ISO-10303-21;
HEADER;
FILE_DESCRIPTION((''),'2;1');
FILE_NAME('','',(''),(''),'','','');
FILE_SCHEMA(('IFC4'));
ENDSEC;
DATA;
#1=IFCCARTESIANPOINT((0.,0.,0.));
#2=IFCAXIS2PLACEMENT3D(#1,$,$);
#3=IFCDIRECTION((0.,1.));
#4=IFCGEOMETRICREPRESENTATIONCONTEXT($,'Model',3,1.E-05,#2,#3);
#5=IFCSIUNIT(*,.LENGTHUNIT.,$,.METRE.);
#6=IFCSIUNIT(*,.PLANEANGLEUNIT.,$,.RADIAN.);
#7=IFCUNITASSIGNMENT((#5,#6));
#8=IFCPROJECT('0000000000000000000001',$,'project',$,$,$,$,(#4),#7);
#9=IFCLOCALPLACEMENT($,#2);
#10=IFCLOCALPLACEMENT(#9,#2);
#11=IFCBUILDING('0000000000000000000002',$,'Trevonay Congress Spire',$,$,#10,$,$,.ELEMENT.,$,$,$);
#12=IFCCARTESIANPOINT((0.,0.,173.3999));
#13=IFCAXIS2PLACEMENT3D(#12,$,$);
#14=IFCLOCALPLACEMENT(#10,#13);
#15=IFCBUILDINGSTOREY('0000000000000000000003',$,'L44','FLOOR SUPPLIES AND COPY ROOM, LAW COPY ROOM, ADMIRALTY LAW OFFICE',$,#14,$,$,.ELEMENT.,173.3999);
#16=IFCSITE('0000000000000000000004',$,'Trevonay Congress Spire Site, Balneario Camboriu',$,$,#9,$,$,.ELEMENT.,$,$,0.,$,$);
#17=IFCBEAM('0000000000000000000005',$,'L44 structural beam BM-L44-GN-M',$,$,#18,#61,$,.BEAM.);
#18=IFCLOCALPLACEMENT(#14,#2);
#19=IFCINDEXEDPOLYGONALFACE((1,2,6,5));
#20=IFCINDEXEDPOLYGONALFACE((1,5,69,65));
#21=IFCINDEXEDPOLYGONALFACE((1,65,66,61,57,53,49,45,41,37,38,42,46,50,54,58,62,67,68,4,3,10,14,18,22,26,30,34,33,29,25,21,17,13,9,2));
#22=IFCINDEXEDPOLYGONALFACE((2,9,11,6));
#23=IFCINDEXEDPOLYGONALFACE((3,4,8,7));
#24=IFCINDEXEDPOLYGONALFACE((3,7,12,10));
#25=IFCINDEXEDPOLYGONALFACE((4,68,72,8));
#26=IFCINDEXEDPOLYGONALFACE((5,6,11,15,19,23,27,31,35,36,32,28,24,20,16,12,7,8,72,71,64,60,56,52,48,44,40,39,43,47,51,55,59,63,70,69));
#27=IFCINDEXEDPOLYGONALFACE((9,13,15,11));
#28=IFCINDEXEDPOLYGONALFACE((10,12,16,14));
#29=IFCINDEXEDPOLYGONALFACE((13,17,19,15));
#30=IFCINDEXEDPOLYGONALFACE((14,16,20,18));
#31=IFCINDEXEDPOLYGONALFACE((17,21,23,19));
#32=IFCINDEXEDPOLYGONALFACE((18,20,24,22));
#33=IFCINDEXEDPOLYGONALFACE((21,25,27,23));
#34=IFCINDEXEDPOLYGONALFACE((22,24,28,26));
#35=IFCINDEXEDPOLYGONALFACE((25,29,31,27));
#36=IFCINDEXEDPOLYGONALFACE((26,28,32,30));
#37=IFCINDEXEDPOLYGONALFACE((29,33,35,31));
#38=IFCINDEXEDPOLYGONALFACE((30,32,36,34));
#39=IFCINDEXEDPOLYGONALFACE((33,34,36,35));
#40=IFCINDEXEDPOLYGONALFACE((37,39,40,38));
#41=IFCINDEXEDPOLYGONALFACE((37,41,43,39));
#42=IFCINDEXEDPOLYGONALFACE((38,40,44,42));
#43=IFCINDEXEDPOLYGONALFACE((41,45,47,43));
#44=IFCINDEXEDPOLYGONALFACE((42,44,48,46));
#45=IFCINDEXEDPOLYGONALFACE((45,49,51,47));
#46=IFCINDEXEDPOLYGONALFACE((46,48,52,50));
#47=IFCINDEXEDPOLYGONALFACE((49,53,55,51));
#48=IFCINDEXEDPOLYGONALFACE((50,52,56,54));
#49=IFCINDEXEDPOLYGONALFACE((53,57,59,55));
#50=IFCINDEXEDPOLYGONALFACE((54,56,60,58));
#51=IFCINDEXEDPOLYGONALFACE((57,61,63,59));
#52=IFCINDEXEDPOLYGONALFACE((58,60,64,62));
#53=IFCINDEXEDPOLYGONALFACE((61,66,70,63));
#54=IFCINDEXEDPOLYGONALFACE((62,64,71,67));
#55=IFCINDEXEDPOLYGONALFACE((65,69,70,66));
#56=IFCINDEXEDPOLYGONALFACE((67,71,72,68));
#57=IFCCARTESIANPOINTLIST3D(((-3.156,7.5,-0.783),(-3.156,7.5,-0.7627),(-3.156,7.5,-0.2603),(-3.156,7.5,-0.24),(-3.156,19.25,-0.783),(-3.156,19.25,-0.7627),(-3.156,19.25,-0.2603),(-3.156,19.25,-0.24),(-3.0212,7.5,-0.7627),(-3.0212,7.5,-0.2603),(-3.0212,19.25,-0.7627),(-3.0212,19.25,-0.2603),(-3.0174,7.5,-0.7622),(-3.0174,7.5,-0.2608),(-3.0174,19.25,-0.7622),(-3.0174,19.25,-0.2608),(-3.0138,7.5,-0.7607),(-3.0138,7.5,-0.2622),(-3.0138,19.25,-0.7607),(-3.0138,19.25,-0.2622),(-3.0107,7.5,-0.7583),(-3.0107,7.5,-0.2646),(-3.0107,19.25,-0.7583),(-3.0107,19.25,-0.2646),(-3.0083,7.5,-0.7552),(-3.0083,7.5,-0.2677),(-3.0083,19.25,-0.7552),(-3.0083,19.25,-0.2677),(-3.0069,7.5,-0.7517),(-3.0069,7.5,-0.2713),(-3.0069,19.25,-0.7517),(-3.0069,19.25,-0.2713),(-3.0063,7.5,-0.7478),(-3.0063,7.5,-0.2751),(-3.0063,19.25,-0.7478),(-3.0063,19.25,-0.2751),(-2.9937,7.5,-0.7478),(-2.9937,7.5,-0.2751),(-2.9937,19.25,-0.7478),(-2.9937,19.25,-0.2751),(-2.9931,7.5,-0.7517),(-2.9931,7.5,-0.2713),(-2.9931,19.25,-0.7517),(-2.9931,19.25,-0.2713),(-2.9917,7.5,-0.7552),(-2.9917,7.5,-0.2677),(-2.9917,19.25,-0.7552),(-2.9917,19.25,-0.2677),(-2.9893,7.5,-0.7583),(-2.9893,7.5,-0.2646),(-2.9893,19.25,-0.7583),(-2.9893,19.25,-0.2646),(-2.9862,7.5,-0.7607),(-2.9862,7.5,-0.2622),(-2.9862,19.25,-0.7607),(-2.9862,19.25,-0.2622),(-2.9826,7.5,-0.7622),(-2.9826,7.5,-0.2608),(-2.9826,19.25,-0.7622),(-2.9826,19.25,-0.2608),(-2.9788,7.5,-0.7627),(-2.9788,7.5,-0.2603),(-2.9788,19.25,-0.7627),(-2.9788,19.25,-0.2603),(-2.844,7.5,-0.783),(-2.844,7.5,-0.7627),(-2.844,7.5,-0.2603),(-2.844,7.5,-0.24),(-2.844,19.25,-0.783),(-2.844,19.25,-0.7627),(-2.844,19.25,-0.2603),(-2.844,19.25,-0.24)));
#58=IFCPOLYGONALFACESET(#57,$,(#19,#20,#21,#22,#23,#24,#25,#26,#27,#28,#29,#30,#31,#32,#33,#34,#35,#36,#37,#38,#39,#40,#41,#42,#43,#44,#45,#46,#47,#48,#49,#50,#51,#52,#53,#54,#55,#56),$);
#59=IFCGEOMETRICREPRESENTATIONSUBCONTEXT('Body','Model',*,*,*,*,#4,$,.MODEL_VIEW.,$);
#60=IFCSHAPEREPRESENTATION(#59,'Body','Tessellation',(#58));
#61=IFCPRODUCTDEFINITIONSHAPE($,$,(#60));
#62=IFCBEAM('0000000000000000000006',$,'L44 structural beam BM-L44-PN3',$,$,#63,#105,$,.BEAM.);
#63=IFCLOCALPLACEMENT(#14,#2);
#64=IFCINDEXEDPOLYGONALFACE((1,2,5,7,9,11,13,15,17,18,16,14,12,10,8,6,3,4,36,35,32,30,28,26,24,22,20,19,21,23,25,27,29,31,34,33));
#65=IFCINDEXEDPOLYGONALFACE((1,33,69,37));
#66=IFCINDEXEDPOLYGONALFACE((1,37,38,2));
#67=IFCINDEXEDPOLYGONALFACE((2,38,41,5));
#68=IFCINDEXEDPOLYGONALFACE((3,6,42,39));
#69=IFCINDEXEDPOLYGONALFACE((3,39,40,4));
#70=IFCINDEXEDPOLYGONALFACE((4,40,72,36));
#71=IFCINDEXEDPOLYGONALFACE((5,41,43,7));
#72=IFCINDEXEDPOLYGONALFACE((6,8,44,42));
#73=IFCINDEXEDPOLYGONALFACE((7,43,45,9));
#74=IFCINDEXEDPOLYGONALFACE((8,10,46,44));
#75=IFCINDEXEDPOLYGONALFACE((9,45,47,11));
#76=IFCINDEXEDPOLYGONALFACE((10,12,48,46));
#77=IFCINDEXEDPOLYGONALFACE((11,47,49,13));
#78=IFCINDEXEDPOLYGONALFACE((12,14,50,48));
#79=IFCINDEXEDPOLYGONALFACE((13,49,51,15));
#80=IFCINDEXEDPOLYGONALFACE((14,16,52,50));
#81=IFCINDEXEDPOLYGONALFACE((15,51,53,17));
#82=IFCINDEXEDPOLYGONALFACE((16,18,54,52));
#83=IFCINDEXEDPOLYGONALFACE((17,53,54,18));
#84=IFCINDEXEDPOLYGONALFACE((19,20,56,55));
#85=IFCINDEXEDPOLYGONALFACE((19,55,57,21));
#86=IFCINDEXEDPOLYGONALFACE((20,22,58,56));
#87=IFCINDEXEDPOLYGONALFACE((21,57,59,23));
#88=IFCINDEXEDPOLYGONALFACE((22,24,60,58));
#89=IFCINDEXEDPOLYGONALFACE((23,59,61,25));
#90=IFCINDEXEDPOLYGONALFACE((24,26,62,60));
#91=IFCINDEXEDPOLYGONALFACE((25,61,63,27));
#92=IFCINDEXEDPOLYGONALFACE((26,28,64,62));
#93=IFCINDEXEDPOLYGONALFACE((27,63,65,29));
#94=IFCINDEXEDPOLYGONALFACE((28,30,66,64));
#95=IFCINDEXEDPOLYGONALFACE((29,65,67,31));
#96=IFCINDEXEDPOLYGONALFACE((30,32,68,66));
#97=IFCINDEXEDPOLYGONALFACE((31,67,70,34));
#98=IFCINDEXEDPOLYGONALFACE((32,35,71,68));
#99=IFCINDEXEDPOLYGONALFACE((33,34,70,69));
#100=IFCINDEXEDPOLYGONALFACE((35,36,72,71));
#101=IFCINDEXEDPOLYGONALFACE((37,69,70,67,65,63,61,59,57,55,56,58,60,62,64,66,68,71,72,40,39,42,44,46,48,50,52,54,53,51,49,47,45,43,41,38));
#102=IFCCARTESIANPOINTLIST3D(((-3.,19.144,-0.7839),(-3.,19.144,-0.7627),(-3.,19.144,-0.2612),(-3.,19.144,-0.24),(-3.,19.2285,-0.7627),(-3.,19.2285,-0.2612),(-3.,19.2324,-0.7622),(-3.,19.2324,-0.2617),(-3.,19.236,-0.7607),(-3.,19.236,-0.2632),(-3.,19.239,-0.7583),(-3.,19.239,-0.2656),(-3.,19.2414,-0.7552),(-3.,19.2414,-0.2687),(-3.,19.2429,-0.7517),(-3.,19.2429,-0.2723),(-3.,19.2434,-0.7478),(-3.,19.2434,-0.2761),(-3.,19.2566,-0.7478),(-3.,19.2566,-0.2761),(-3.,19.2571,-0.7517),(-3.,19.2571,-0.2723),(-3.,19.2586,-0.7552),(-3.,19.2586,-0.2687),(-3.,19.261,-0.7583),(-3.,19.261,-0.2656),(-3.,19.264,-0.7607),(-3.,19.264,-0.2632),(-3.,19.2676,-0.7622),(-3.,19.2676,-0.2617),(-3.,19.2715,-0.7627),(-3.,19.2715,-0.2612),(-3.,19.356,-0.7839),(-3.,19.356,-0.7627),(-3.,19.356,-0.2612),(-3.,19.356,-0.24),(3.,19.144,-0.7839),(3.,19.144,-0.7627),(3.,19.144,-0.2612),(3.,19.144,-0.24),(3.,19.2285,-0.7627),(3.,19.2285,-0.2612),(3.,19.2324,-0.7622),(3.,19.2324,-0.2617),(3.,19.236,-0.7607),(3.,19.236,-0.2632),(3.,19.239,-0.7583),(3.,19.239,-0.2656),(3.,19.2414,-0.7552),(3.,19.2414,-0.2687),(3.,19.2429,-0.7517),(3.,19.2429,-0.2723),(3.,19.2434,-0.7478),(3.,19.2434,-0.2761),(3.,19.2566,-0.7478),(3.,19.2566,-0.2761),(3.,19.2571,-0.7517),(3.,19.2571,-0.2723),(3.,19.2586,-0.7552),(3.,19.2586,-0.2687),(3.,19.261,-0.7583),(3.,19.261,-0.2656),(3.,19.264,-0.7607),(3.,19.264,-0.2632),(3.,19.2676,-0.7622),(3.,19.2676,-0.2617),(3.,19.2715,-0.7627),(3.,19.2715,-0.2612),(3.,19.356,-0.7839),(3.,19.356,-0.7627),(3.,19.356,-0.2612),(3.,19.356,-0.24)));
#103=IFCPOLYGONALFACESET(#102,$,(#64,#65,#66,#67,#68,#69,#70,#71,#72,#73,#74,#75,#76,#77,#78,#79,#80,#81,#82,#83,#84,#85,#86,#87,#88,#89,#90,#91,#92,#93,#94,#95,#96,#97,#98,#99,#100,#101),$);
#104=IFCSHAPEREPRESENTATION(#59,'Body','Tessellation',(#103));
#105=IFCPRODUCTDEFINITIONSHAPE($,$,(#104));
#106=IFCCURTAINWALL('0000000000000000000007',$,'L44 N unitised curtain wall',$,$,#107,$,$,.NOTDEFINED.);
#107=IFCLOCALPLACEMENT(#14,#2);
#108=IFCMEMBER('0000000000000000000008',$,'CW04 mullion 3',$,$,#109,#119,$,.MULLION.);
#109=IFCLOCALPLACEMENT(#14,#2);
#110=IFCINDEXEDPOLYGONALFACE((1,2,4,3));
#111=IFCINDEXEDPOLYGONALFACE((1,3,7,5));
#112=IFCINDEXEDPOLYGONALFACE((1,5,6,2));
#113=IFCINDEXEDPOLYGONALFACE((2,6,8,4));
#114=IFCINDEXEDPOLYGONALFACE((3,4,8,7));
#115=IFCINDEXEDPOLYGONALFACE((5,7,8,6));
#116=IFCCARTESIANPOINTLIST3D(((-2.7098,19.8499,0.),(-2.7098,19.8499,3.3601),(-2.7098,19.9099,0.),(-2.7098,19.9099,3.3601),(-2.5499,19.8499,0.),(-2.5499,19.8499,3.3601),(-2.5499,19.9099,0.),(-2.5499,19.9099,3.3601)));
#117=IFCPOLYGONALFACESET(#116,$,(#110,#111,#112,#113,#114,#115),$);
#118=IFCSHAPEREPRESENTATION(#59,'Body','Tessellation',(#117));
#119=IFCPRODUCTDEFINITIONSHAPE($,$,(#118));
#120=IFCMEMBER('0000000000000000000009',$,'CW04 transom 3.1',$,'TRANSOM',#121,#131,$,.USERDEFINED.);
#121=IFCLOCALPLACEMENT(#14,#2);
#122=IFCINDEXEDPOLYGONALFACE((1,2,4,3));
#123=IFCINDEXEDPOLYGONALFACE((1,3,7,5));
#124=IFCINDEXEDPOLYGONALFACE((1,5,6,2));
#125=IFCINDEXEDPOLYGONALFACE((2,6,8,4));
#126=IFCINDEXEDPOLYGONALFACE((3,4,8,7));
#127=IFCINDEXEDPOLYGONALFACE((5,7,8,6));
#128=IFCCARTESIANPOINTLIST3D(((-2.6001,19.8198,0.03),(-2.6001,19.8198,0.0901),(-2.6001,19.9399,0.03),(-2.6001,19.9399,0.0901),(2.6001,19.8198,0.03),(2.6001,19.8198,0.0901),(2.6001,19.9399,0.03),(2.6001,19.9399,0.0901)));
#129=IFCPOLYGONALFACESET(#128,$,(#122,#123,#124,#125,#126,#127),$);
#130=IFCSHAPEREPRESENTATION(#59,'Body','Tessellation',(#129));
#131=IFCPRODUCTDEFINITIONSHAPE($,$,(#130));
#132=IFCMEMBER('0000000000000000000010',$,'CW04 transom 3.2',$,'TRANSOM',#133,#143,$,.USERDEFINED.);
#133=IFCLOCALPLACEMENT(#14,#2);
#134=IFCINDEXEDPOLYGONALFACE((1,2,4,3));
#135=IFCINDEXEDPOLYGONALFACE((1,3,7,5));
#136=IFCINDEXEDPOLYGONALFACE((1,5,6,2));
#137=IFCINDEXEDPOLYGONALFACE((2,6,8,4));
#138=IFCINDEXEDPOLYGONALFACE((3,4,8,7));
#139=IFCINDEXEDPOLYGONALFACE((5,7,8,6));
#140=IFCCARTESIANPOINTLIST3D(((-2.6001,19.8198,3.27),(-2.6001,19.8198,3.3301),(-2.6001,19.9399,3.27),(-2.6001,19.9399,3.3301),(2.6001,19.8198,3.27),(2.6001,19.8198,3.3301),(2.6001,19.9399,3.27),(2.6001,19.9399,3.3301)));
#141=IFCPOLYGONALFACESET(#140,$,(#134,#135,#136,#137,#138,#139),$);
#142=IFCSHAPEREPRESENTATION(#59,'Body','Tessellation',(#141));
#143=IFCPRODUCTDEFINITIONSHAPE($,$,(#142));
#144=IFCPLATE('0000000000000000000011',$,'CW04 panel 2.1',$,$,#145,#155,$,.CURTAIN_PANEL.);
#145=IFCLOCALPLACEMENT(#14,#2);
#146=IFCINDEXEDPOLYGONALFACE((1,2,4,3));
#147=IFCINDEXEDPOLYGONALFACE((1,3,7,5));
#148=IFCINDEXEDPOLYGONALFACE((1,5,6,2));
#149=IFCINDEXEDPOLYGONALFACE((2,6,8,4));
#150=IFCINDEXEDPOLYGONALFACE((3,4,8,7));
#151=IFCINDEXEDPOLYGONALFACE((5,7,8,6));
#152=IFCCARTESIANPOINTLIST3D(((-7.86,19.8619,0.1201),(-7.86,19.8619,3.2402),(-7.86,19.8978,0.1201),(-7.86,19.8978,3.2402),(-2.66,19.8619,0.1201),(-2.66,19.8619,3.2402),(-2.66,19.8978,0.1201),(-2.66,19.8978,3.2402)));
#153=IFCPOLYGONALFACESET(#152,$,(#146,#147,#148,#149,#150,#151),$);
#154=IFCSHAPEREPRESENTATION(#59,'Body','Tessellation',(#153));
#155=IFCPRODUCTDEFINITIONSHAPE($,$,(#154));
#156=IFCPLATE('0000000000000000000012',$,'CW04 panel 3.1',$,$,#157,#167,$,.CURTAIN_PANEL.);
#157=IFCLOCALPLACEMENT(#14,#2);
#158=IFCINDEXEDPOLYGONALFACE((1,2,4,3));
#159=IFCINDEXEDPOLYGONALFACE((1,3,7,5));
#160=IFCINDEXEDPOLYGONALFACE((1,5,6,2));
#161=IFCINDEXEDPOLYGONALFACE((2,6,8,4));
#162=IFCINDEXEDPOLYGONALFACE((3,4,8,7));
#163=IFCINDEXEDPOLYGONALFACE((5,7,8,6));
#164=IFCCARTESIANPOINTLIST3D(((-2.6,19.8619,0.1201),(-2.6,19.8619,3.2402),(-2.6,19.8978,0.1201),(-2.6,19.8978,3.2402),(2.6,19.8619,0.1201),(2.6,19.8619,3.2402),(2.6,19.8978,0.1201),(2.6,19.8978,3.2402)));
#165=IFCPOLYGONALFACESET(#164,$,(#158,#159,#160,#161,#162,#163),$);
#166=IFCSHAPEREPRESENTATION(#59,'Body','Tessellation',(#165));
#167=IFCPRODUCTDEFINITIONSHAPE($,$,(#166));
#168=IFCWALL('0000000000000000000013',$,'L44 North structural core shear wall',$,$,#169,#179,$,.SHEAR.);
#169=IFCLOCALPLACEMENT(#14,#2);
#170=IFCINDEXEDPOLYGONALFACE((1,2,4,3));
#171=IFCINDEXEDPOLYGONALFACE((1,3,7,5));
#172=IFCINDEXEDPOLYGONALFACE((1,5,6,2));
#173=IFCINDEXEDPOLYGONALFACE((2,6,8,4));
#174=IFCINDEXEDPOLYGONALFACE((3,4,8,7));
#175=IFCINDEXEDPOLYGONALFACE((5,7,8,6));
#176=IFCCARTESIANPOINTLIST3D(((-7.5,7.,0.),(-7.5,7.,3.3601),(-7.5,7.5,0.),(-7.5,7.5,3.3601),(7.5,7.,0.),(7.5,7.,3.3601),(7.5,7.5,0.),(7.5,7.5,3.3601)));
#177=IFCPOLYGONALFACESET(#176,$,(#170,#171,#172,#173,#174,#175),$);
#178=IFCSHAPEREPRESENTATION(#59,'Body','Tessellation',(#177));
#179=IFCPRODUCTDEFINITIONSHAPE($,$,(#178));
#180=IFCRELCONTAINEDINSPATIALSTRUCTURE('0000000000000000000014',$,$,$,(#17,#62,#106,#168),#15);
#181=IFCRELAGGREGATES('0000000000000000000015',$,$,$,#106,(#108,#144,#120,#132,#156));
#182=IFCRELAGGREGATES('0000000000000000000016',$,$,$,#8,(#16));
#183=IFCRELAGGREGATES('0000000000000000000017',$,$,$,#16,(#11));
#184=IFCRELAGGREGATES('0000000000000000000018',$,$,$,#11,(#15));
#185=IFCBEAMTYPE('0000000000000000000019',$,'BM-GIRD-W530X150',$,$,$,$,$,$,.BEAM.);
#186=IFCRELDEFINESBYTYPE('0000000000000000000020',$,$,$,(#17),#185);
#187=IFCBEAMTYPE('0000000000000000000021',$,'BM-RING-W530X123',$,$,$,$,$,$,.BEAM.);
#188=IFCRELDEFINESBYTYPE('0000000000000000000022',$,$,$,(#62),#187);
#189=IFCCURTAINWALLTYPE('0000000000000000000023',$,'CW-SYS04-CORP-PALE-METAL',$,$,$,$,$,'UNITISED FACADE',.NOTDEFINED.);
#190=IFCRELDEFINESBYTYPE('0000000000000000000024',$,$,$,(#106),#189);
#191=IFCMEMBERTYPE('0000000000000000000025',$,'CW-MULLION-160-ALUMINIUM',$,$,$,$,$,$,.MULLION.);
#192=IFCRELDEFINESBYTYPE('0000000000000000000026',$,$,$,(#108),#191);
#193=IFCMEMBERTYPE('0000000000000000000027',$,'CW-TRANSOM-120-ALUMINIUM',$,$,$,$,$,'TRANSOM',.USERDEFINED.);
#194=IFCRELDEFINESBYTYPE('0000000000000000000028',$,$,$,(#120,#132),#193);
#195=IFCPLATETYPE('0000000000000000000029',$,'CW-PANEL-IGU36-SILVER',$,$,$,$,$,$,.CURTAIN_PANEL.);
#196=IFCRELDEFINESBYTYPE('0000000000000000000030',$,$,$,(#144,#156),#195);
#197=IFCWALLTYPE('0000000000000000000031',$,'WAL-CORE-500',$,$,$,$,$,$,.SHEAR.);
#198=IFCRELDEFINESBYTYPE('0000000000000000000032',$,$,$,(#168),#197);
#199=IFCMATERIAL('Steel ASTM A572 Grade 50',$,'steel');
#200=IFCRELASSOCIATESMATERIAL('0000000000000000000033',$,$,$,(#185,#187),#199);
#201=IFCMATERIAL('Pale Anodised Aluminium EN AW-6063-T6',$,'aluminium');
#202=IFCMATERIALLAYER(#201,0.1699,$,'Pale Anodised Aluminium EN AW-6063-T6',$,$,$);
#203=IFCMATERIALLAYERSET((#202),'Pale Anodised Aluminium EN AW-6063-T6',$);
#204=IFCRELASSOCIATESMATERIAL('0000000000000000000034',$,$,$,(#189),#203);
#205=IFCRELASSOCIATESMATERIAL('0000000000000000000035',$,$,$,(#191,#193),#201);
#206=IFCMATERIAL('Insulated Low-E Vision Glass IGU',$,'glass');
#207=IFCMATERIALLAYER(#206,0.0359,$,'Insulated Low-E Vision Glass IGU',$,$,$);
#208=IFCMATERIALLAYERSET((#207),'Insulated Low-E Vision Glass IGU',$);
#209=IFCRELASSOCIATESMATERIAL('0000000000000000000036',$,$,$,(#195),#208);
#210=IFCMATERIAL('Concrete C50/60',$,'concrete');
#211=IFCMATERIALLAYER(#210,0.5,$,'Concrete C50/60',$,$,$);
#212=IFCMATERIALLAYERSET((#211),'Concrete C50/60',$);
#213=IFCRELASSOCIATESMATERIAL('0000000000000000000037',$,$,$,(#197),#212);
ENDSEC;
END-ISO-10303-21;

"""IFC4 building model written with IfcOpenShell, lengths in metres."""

from ifc_helpers import new_model, si_unit, direction, frame, frame_2d, origin, origin_2d, place, context, subcontext, project, spatial, rectangle, i_section, extrude, material, layer, layer_set, material_profile, profile_set, type_object, element, aggregate, save


model = new_model("IFC4")

# Units and contexts
model_context = context("Model", 3, precision=1e-05, world=origin(), true_north=direction((0.0, 1.0)))
body_context = subcontext(model_context, "Body", "Model", "MODEL_VIEW")
ifc_project = project(units=[si_unit("LENGTHUNIT", "METRE"), si_unit("PLANEANGLEUNIT", "RADIAN")], contexts=[model_context])

# Site, building, storey
site_placement = place(None, origin())
site = spatial("IfcSite", under=ifc_project, at=site_placement, Name="Trevonay Congress Spire Site, Balneario Camboriu", CompositionType="ELEMENT", RefElevation=0.0)
building_placement = place(site_placement, origin())
building = spatial("IfcBuilding", under=site, at=building_placement, Name="Trevonay Congress Spire", CompositionType="ELEMENT")
storey_placement = place(building_placement, frame((0.0, 0.0, 173.3999)))
storey = spatial("IfcBuildingStorey", under=building, at=storey_placement, Name="L44", Description="FLOOR SUPPLIES AND COPY ROOM, LAW COPY ROOM, ADMIRALTY LAW OFFICE", CompositionType="ELEMENT", Elevation=173.3999)

# Shared definitions
ifc_material_1 = material(Name="Steel ASTM A572 Grade 50", Category="steel")

# Beams
ifc_material_profile_1 = material_profile(ifc_material_1, i_section(OverallWidth=0.312, OverallDepth=0.543, WebThickness=0.0127, FlangeThickness=0.0203, FilletRadius=0.0149, at=origin_2d()), Name="W530x150")
ifc_profile_set_1 = profile_set([ifc_material_profile_1], Name="Steel ASTM A572 Grade 50")
beam_type_1 = type_object("IfcBeamType", Name="BM-GIRD-W530X150", PredefinedType="BEAM", material=ifc_profile_set_1)
beam_1_placement = place(storey_placement, frame((-3.0, 7.5, -0.5115), z_axis=(0.0, 1.0, 0.0), x_axis=(-1.0, 0.0, 0.0)))
element("IfcBeam", 1, at=beam_1_placement, inside=storey, type_object=beam_type_1, Name="L44 structural beam BM-L44-GN-M", PredefinedType="BEAM", context=body_context, shape_type="SweptSolid", body=[
    extrude(i_section(OverallWidth=0.312, OverallDepth=0.543, WebThickness=0.0127, FlangeThickness=0.0203, FilletRadius=0.0149, at=origin_2d()), origin(), (0.0, 0.0, 1.0), 11.75),
])
ifc_material_profile_2 = material_profile(ifc_material_1, i_section(OverallWidth=0.2119, OverallDepth=0.5439, WebThickness=0.0132, FlangeThickness=0.0212, FilletRadius=0.0149, at=origin_2d()), Name="W530x123")
ifc_profile_set_2 = profile_set([ifc_material_profile_2], Name="Steel ASTM A572 Grade 50")
beam_type_2 = type_object("IfcBeamType", Name="BM-RING-W530X123", PredefinedType="BEAM", material=ifc_profile_set_2)
beam_2_placement = place(storey_placement, frame((-3.0, 19.25, -0.512), z_axis=(1.0, 0.0, 0.0), x_axis=(0.0, 1.0, 0.0)))
element("IfcBeam", 2, at=beam_2_placement, inside=storey, type_object=beam_type_2, Name="L44 structural beam BM-L44-PN3", PredefinedType="BEAM", context=body_context, shape_type="SweptSolid", body=[
    extrude(i_section(OverallWidth=0.2119, OverallDepth=0.5439, WebThickness=0.0132, FlangeThickness=0.0212, FilletRadius=0.0149, at=origin_2d()), origin(), (0.0, 0.0, 1.0), 6.0),
])

# Curtain wall, members, plates
ifc_material_2 = material(Name="Pale Anodised Aluminium EN AW-6063-T6", Category="aluminium")
ifc_layer_1 = layer(ifc_material_2, 0.1699, Name="Pale Anodised Aluminium EN AW-6063-T6")
ifc_layer_set_1 = layer_set([ifc_layer_1], Name="Pale Anodised Aluminium EN AW-6063-T6")
curtain_wall_type = type_object("IfcCurtainWallType", Name="CW-SYS04-CORP-PALE-METAL", ElementType="UNITISED FACADE", PredefinedType="NOTDEFINED", material=ifc_layer_set_1)
curtain_wall_placement = place(storey_placement, origin())
curtain_wall = element("IfcCurtainWall", 3, at=curtain_wall_placement, inside=storey, type_object=curtain_wall_type, Name="L44 N unitised curtain wall", PredefinedType="NOTDEFINED")
ifc_material_profile_3 = material_profile(ifc_material_2, rectangle(XDim=0.0601, YDim=0.1599, at=origin_2d()), Name="CW-MULLION-160-ALUMINIUM")
ifc_profile_set_3 = profile_set([ifc_material_profile_3], Name="Pale Anodised Aluminium EN AW-6063-T6")
member_type_1 = type_object("IfcMemberType", Name="CW-MULLION-160-ALUMINIUM", PredefinedType="MULLION", material=ifc_profile_set_3)
member_1_placement = place(storey_placement, frame((-2.6299, 19.8799, 0.0), z_axis=(0.0, 0.0, 1.0), x_axis=(0.0, 1.0, 0.0)))
member_1 = element("IfcMember", 4, at=member_1_placement, type_object=member_type_1, Name="CW04 mullion 3", PredefinedType="MULLION", context=body_context, shape_type="SweptSolid", body=[
    extrude(rectangle(XDim=0.0601, YDim=0.1599, at=origin_2d()), origin(), (0.0, 0.0, 1.0), 3.3601),
])
ifc_material_profile_4 = material_profile(ifc_material_2, rectangle(XDim=0.1201, YDim=0.0601, at=origin_2d()), Name="CW-TRANSOM-120-ALUMINIUM")
ifc_profile_set_4 = profile_set([ifc_material_profile_4], Name="Pale Anodised Aluminium EN AW-6063-T6")
member_type_2 = type_object("IfcMemberType", Name="CW-TRANSOM-120-ALUMINIUM", ElementType="TRANSOM", PredefinedType="USERDEFINED", material=ifc_profile_set_4)
member_2_placement = place(storey_placement, frame((-2.6001, 19.8799, 0.0601), z_axis=(1.0, 0.0, 0.0), x_axis=(0.0, 1.0, 0.0)))
member_2 = element("IfcMember", 5, at=member_2_placement, type_object=member_type_2, Name="CW04 transom 3.1", ObjectType="TRANSOM", PredefinedType="USERDEFINED", context=body_context, shape_type="SweptSolid", body=[
    extrude(rectangle(XDim=0.1201, YDim=0.0601, at=origin_2d()), origin(), (0.0, 0.0, 1.0), 5.2002),
])
member_3_placement = place(storey_placement, frame((-2.6001, 19.8799, 3.3), z_axis=(1.0, 0.0, 0.0), x_axis=(0.0, 1.0, 0.0)))
member_3 = element("IfcMember", 6, at=member_3_placement, type_object=member_type_2, Name="CW04 transom 3.2", ObjectType="TRANSOM", PredefinedType="USERDEFINED", context=body_context, shape_type="SweptSolid", body=[
    extrude(rectangle(XDim=0.1201, YDim=0.0601, at=origin_2d()), origin(), (0.0, 0.0, 1.0), 5.2002),
])
ifc_material_3 = material(Name="Insulated Low-E Vision Glass IGU", Category="glass")
ifc_layer_2 = layer(ifc_material_3, 0.0359, Name="Insulated Low-E Vision Glass IGU")
ifc_layer_set_2 = layer_set([ifc_layer_2], Name="Insulated Low-E Vision Glass IGU")
plate_type = type_object("IfcPlateType", Name="CW-PANEL-IGU36-SILVER", PredefinedType="CURTAIN_PANEL", material=ifc_layer_set_2)
plate_1_placement = place(storey_placement, frame((-5.26, 19.8799, 0.1201), z_axis=(0.0, 0.0, 1.0), x_axis=(1.0, 0.0, 0.0)))
plate_1 = element("IfcPlate", 7, at=plate_1_placement, type_object=plate_type, Name="CW04 panel 2.1", PredefinedType="CURTAIN_PANEL", context=body_context, shape_type="SweptSolid", body=[
    extrude(rectangle(XDim=5.2, YDim=0.0359, at=origin_2d()), origin(), (0.0, 0.0, 1.0), 3.1201),
])
plate_2_placement = place(storey_placement, frame((0.0, 19.8799, 0.1201), z_axis=(0.0, 0.0, 1.0), x_axis=(1.0, 0.0, 0.0)))
plate_2 = element("IfcPlate", 8, at=plate_2_placement, type_object=plate_type, Name="CW04 panel 3.1", PredefinedType="CURTAIN_PANEL", context=body_context, shape_type="SweptSolid", body=[
    extrude(rectangle(XDim=5.2, YDim=0.0359, at=origin_2d()), origin(), (0.0, 0.0, 1.0), 3.1201),
])
aggregate(curtain_wall, [member_1, plate_1, member_2, member_3, plate_2])

# Wall
ifc_material_4 = material(Name="Concrete C50/60", Category="concrete")
ifc_layer_3 = layer(ifc_material_4, 0.5, Name="Concrete C50/60")
ifc_layer_set_3 = layer_set([ifc_layer_3], Name="Concrete C50/60")
wall_type_1 = type_object("IfcWallType", Name="WAL-CORE-500", PredefinedType="SHEAR", material=ifc_layer_set_3)
wall_1_placement = place(storey_placement, frame((-7.5, 7.25, 0.0), z_axis=(0.0, 0.0, 1.0), x_axis=(1.0, 0.0, 0.0)))
element("IfcWall", 9, at=wall_1_placement, inside=storey, type_object=wall_type_1, Name="L44 North structural core shear wall", PredefinedType="SHEAR", context=body_context, shape_type="SweptSolid", body=[
    extrude(rectangle(XDim=15.0, YDim=0.5, at=frame_2d((7.5, 0.0))), origin(), (0.0, 0.0, 1.0), 3.3601),
])

save(model, "model.ifc")
